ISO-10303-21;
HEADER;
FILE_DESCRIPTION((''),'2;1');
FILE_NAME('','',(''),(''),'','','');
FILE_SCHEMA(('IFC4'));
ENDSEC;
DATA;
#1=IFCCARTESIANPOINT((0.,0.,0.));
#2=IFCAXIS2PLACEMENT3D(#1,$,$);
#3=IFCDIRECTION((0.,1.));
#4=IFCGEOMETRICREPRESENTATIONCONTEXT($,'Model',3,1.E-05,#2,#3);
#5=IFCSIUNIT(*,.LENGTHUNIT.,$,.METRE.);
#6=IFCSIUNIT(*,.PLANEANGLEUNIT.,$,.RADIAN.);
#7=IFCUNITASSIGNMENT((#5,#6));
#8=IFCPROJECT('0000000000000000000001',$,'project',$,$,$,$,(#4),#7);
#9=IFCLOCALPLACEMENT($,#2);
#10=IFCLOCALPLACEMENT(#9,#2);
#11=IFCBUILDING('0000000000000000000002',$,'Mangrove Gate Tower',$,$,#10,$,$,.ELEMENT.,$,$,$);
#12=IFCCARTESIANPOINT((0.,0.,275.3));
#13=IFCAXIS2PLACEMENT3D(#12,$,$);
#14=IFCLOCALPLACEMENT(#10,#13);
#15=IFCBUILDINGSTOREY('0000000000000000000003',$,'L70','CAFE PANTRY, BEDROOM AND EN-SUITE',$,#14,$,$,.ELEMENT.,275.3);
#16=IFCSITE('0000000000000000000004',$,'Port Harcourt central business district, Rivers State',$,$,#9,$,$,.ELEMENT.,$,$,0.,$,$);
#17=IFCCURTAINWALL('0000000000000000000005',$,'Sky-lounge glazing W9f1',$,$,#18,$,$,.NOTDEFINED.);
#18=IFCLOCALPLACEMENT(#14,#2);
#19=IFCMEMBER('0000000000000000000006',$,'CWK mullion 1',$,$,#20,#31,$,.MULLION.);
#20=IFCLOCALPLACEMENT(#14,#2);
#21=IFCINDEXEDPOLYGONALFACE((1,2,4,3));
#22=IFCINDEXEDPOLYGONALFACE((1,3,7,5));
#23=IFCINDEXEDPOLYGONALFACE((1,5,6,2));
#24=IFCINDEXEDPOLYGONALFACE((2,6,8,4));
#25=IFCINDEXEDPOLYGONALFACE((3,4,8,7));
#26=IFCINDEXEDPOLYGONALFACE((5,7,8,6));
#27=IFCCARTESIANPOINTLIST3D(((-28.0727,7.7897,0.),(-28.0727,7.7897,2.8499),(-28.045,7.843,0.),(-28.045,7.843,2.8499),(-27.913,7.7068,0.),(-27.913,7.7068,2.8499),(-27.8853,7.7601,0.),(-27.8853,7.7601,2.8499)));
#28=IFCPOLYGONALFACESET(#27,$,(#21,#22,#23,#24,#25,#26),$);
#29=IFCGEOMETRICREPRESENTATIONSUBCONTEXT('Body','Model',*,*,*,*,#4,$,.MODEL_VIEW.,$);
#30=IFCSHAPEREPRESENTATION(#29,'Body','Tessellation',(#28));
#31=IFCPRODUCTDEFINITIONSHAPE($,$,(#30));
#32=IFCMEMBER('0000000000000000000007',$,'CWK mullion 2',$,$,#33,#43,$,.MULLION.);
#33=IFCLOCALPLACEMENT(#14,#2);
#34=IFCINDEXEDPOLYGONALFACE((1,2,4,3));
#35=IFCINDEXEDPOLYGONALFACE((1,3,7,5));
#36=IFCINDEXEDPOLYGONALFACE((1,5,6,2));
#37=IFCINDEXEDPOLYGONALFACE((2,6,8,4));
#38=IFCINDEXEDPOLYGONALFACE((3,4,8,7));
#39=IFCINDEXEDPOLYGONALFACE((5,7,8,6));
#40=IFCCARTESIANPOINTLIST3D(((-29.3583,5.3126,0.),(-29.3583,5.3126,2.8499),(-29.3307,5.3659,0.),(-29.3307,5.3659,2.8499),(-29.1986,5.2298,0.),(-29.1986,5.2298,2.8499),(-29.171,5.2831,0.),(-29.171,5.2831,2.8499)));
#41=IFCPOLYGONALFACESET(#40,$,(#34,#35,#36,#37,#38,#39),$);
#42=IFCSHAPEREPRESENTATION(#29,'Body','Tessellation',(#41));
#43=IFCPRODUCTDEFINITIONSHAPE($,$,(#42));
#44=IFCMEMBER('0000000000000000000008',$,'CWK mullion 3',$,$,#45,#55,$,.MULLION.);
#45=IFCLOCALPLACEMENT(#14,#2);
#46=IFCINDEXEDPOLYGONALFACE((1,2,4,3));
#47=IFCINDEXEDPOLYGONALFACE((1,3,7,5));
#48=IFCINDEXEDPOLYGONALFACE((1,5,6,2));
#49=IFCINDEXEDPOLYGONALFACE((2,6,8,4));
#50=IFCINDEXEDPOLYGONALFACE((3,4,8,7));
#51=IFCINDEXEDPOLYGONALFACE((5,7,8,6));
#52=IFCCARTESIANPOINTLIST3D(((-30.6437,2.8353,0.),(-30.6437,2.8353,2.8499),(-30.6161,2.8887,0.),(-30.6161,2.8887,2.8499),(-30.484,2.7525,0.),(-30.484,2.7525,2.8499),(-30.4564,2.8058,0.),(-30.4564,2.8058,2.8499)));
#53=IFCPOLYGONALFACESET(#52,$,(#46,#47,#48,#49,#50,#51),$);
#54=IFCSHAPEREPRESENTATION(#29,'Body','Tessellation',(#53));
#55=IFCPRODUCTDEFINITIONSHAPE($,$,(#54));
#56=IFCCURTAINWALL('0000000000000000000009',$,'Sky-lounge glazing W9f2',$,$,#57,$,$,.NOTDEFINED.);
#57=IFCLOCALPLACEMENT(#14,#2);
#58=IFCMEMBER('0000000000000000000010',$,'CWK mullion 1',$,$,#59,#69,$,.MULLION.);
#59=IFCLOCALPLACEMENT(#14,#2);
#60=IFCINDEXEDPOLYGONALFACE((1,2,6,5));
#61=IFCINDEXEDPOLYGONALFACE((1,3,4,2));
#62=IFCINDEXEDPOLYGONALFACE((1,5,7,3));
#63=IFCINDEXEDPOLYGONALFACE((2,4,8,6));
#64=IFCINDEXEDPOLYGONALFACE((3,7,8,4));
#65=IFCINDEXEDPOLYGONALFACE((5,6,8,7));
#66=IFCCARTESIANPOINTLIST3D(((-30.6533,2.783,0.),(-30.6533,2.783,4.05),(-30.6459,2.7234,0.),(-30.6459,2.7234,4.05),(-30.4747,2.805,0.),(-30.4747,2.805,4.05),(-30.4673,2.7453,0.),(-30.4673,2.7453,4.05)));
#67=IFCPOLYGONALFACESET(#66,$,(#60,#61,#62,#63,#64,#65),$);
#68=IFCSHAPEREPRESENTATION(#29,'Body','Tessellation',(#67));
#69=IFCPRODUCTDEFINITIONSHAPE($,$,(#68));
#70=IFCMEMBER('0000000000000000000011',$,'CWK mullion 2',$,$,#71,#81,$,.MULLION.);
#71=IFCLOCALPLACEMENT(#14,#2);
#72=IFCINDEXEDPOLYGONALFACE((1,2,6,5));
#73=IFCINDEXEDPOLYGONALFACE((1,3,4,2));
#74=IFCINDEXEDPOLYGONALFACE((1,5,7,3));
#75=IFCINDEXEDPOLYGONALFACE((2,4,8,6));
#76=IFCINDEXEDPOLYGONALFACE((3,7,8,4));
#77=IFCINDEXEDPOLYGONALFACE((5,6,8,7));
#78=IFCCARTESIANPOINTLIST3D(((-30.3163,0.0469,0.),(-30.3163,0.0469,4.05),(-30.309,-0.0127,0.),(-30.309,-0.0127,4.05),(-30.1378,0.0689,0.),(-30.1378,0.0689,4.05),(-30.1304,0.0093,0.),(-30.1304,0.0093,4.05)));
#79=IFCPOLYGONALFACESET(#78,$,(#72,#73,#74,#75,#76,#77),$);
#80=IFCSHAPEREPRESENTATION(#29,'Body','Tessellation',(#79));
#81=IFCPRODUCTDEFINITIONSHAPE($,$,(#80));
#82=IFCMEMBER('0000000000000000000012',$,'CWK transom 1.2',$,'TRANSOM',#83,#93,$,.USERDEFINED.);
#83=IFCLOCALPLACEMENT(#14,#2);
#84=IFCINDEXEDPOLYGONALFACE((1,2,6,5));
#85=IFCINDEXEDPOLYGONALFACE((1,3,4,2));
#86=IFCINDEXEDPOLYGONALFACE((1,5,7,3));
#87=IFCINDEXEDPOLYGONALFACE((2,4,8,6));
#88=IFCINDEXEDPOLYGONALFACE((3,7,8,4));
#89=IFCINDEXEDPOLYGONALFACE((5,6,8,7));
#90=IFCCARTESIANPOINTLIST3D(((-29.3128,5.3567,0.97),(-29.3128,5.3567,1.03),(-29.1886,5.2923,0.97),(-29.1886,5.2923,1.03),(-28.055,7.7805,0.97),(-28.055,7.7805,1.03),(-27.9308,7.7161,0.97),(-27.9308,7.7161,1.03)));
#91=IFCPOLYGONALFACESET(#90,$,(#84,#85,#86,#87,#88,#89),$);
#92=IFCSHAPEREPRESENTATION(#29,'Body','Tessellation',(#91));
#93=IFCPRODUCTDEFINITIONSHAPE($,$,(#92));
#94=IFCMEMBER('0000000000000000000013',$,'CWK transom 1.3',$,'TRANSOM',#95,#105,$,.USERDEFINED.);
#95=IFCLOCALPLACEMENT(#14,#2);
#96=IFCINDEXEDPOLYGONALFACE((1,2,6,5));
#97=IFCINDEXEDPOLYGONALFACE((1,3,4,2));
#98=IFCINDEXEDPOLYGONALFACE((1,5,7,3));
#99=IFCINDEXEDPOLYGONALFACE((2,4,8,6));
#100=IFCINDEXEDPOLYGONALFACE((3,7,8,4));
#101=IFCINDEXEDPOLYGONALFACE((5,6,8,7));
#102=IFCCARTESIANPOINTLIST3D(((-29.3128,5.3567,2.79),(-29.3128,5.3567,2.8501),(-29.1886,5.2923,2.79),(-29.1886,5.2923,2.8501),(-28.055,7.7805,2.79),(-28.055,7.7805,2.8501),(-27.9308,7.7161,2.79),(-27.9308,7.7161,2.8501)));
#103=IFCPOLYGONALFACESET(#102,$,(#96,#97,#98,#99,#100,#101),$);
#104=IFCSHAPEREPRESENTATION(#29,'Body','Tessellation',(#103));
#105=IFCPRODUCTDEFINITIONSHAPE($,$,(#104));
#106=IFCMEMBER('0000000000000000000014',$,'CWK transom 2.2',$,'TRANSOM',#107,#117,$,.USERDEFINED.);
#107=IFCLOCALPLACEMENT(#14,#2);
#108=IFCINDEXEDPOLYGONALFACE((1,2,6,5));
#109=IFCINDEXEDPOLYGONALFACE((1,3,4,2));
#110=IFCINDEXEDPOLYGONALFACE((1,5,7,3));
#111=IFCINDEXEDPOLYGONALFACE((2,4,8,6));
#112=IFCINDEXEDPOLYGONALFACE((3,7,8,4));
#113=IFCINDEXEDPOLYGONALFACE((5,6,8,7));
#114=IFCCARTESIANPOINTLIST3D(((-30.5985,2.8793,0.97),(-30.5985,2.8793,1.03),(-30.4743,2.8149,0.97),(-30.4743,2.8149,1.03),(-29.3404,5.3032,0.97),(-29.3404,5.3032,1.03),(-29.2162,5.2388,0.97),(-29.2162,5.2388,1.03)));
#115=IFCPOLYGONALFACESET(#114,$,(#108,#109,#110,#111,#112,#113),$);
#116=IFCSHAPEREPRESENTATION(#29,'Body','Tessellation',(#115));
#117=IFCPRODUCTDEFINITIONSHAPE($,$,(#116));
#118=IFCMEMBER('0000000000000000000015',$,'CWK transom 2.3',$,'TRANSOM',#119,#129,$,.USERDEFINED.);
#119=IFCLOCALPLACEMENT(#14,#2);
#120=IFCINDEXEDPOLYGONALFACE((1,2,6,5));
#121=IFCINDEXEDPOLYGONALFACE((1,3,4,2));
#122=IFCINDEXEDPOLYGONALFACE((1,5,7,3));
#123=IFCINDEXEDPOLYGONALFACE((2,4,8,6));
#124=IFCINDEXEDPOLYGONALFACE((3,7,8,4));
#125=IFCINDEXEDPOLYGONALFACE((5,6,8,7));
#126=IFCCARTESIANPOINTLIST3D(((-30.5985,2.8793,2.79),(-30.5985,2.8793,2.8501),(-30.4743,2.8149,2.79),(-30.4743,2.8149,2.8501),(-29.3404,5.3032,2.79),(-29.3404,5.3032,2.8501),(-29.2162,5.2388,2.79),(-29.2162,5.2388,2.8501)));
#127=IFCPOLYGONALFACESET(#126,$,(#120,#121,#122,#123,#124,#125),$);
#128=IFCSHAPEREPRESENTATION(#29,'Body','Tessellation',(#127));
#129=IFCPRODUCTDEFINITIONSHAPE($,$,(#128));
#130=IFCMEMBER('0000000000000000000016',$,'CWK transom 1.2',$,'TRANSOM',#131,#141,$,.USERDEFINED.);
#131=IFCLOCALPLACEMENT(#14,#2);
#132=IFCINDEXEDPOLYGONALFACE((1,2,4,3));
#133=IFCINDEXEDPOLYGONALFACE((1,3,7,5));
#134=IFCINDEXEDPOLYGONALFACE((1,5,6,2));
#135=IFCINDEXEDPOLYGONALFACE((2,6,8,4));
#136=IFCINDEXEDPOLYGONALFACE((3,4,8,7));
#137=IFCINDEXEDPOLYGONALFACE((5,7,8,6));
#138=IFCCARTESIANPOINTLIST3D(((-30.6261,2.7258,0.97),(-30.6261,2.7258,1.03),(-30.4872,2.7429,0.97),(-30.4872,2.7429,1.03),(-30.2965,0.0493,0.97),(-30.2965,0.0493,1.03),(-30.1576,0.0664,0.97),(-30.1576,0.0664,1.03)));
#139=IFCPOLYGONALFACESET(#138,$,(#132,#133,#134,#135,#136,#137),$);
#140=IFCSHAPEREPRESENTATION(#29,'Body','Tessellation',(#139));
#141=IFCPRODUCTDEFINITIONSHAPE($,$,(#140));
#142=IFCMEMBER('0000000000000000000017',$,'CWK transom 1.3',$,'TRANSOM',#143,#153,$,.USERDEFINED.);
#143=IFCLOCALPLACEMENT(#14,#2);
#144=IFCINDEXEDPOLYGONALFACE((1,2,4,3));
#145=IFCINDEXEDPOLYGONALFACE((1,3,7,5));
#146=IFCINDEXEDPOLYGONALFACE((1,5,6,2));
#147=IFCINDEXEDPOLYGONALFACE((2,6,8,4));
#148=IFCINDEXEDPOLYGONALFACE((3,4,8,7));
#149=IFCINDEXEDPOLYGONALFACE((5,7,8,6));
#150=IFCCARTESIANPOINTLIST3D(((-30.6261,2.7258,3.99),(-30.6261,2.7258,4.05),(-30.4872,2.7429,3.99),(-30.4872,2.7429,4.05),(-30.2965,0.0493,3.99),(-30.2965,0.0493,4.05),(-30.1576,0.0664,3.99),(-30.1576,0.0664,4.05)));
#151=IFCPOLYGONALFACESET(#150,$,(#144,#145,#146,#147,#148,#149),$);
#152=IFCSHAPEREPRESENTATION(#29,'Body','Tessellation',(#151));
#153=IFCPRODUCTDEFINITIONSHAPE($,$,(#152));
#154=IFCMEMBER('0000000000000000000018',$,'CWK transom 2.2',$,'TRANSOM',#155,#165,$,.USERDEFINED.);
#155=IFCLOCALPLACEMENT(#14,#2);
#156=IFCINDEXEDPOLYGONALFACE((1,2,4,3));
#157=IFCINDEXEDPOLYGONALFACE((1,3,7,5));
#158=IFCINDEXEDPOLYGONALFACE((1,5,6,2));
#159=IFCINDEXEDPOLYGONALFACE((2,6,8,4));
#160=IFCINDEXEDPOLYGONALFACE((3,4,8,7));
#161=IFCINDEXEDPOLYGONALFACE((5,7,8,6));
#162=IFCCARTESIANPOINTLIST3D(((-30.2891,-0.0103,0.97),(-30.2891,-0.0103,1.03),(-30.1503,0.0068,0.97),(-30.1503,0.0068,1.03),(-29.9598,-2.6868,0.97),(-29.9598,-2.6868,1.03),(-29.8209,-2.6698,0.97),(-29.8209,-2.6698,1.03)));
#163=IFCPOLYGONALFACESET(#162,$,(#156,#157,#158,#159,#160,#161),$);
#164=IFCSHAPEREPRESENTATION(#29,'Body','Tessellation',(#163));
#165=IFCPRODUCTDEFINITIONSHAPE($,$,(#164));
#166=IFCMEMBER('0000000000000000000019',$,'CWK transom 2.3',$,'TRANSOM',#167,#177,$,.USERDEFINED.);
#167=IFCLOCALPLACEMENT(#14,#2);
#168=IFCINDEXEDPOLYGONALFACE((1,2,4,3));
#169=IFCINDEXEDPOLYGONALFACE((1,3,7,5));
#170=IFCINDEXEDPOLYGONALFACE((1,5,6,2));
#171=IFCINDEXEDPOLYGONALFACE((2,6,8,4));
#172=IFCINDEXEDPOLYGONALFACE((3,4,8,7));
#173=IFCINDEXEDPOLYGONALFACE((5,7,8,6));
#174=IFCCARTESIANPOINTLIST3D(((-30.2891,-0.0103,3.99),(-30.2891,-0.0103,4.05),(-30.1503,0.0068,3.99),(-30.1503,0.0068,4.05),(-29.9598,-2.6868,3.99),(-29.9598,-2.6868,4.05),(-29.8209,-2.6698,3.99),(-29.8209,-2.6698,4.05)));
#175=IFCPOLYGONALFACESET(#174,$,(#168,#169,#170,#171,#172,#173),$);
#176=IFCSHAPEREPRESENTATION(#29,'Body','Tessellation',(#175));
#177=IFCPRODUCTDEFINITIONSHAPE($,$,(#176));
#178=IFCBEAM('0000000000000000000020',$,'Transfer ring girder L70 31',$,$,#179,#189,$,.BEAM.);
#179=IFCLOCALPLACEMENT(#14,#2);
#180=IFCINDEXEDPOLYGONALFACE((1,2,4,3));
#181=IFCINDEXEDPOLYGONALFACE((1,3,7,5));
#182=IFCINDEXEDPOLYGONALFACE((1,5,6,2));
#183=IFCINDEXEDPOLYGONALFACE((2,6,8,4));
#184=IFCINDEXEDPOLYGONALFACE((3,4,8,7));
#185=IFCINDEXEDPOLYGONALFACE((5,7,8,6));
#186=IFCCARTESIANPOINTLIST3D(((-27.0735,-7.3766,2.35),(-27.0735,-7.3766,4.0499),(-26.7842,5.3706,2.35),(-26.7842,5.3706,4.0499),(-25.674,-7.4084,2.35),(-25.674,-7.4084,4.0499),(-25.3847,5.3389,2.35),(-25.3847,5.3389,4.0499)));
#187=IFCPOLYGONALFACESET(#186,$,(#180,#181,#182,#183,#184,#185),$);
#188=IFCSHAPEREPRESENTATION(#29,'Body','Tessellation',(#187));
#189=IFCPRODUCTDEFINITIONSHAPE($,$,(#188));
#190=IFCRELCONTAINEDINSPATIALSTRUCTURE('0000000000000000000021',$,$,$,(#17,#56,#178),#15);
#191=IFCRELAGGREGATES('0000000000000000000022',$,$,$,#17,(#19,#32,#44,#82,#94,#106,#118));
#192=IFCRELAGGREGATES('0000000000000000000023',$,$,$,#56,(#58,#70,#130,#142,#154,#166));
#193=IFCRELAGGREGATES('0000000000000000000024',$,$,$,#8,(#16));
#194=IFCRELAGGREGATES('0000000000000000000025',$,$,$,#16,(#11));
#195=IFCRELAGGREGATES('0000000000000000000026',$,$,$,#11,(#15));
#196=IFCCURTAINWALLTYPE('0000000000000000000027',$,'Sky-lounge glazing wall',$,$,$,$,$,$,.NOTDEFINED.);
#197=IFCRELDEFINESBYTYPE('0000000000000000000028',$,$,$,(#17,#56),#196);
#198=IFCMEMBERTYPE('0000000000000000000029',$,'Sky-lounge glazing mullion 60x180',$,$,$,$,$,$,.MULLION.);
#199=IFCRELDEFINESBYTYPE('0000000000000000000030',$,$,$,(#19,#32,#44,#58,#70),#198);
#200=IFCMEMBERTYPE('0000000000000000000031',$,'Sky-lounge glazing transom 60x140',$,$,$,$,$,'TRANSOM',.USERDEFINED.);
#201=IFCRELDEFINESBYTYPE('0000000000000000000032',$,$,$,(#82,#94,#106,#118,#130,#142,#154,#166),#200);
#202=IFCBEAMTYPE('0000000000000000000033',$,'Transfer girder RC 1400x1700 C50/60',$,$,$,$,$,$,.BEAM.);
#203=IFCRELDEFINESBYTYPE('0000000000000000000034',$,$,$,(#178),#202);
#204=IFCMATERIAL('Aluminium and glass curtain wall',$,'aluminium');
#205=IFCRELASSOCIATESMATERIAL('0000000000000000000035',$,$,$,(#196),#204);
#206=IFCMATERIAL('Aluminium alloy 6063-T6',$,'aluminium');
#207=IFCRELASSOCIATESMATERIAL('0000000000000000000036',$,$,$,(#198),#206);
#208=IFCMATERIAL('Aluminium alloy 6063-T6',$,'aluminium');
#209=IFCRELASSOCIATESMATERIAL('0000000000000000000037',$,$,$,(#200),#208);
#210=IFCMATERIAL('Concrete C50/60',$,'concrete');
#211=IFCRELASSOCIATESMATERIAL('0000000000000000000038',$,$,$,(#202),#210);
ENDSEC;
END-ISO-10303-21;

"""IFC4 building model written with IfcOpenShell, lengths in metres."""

from ifc_helpers import new_model, si_unit, direction, frame, origin, origin_2d, place, context, subcontext, project, spatial, rectangle, extrude, material, material_profile, profile_set, type_object, element, aggregate, save


model = new_model("IFC4")

# Units and contexts
model_context = context("Model", 3, precision=1e-05, world=origin(), true_north=direction((0.0, 1.0)))
body_context = subcontext(model_context, "Body", "Model", "MODEL_VIEW")
ifc_project = project(units=[si_unit("LENGTHUNIT", "METRE"), si_unit("PLANEANGLEUNIT", "RADIAN")], contexts=[model_context])

# Site, building, storey
site_placement = place(None, origin())
site = spatial("IfcSite", under=ifc_project, at=site_placement, Name="Port Harcourt central business district, Rivers State", CompositionType="ELEMENT", RefElevation=0.0)
building_placement = place(site_placement, origin())
building = spatial("IfcBuilding", under=site, at=building_placement, Name="Mangrove Gate Tower", CompositionType="ELEMENT")
storey_placement = place(building_placement, frame((0.0, 0.0, 275.3)))
storey = spatial("IfcBuildingStorey", under=building, at=storey_placement, Name="L70", Description="CAFE PANTRY, BEDROOM AND EN-SUITE", CompositionType="ELEMENT", Elevation=275.3)

# Curtain walls, members
ifc_material_1 = material(Name="Aluminium and glass curtain wall", Category="aluminium")
curtain_wall_type = type_object("IfcCurtainWallType", Name="Sky-lounge glazing wall", PredefinedType="NOTDEFINED", material=ifc_material_1)
curtain_wall_1_placement = place(storey_placement, origin())
curtain_wall_1 = element("IfcCurtainWall", 1, at=curtain_wall_1_placement, inside=storey, type_object=curtain_wall_type, Name="Sky-lounge glazing W9f1", PredefinedType="NOTDEFINED")
ifc_material_2 = material(Name="Aluminium alloy 6063-T6", Category="aluminium")
ifc_material_profile_1 = material_profile(ifc_material_2, rectangle(XDim=0.0601, YDim=0.1799, at=origin_2d()))
ifc_profile_set_1 = profile_set([ifc_material_profile_1], Name="Aluminium alloy 6063-T6")
member_type_1 = type_object("IfcMemberType", Name="Sky-lounge glazing mullion 60x180", PredefinedType="MULLION", material=ifc_profile_set_1)
member_1_placement = place(storey_placement, frame((-27.979, 7.7749, 0.0), z_axis=(0.0, 0.0, 1.0), x_axis=(-0.460628, -0.887593, 0.0)))
member_1 = element("IfcMember", 2, at=member_1_placement, type_object=member_type_1, Name="CWK mullion 1", PredefinedType="MULLION", context=body_context, shape_type="SweptSolid", body=[
    extrude(rectangle(XDim=0.0601, YDim=0.1799, at=origin_2d()), origin(), (0.0, 0.0, 1.0), 2.8499),
])
member_2_placement = place(storey_placement, frame((-29.2646, 5.2979, 0.0), z_axis=(0.0, 0.0, 1.0), x_axis=(-0.460628, -0.887593, 0.0)))
member_2 = element("IfcMember", 3, at=member_2_placement, type_object=member_type_1, Name="CWK mullion 2", PredefinedType="MULLION", context=body_context, shape_type="SweptSolid", body=[
    extrude(rectangle(XDim=0.0601, YDim=0.1799, at=origin_2d()), origin(), (0.0, 0.0, 1.0), 2.8499),
])
member_3_placement = place(storey_placement, frame((-30.55, 2.8206, 0.0), z_axis=(0.0, 0.0, 1.0), x_axis=(-0.460628, -0.887593, 0.0)))
member_3 = element("IfcMember", 4, at=member_3_placement, type_object=member_type_1, Name="CWK mullion 3", PredefinedType="MULLION", context=body_context, shape_type="SweptSolid", body=[
    extrude(rectangle(XDim=0.0601, YDim=0.1799, at=origin_2d()), origin(), (0.0, 0.0, 1.0), 2.8499),
])
curtain_wall_2_placement = place(storey_placement, origin())
curtain_wall_2 = element("IfcCurtainWall", 5, at=curtain_wall_2_placement, inside=storey, type_object=curtain_wall_type, Name="Sky-lounge glazing W9f2", PredefinedType="NOTDEFINED")
member_4_placement = place(storey_placement, frame((-30.5603, 2.7642, 0.0), z_axis=(0.0, 0.0, 1.0), x_axis=(0.122172, -0.992509, 0.0)))
member_4 = element("IfcMember", 6, at=member_4_placement, type_object=member_type_1, Name="CWK mullion 1", PredefinedType="MULLION", context=body_context, shape_type="SweptSolid", body=[
    extrude(rectangle(XDim=0.0601, YDim=0.1799, at=origin_2d()), origin(), (0.0, 0.0, 1.0), 4.05),
])
member_5_placement = place(storey_placement, frame((-30.2234, 0.0281, 0.0), z_axis=(0.0, 0.0, 1.0), x_axis=(0.122172, -0.992509, 0.0)))
member_5 = element("IfcMember", 7, at=member_5_placement, type_object=member_type_1, Name="CWK mullion 2", PredefinedType="MULLION", context=body_context, shape_type="SweptSolid", body=[
    extrude(rectangle(XDim=0.0601, YDim=0.1799, at=origin_2d()), origin(), (0.0, 0.0, 1.0), 4.05),
])

# Members
ifc_material_3 = material(Name="Aluminium alloy 6063-T6", Category="aluminium")
ifc_material_profile_2 = material_profile(ifc_material_3, rectangle(XDim=0.0601, YDim=0.1399, at=origin_2d()))
ifc_profile_set_2 = profile_set([ifc_material_profile_2], Name="Aluminium alloy 6063-T6")
member_type_2 = type_object("IfcMemberType", Name="Sky-lounge glazing transom 60x140", ElementType="TRANSOM", PredefinedType="USERDEFINED", material=ifc_profile_set_2)
member_6_placement = place(storey_placement, frame((-27.9929, 7.7483, 1.0), z_axis=(-0.460609, -0.887603, 0.0), x_axis=(0.0, 0.0, 1.0)))
member_6 = element("IfcMember", 8, at=member_6_placement, type_object=member_type_2, Name="CWK transom 1.2", ObjectType="TRANSOM", PredefinedType="USERDEFINED", context=body_context, shape_type="SweptSolid", body=[
    extrude(rectangle(XDim=0.0601, YDim=0.1399, at=origin_2d()), origin(), (0.0, 0.0, 1.0), 2.7307),
])
member_7_placement = place(storey_placement, frame((-27.9929, 7.7483, 2.8201), z_axis=(-0.460609, -0.887603, 0.0), x_axis=(0.0, 0.0, 1.0)))
member_7 = element("IfcMember", 9, at=member_7_placement, type_object=member_type_2, Name="CWK transom 1.3", ObjectType="TRANSOM", PredefinedType="USERDEFINED", context=body_context, shape_type="SweptSolid", body=[
    extrude(rectangle(XDim=0.0601, YDim=0.1399, at=origin_2d()), origin(), (0.0, 0.0, 1.0), 2.7307),
])
member_8_placement = place(storey_placement, frame((-29.2783, 5.271, 1.0), z_axis=(-0.46068, -0.887566, 0.0), x_axis=(0.0, 0.0, 1.0)))
member_8 = element("IfcMember", 10, at=member_8_placement, type_object=member_type_2, Name="CWK transom 2.2", ObjectType="TRANSOM", PredefinedType="USERDEFINED", context=body_context, shape_type="SweptSolid", body=[
    extrude(rectangle(XDim=0.0601, YDim=0.1399, at=origin_2d()), origin(), (0.0, 0.0, 1.0), 2.731),
])
member_9_placement = place(storey_placement, frame((-29.2783, 5.271, 2.8201), z_axis=(-0.46068, -0.887566, 0.0), x_axis=(0.0, 0.0, 1.0)))
member_9 = element("IfcMember", 11, at=member_9_placement, type_object=member_type_2, Name="CWK transom 2.3", ObjectType="TRANSOM", PredefinedType="USERDEFINED", context=body_context, shape_type="SweptSolid", body=[
    extrude(rectangle(XDim=0.0601, YDim=0.1399, at=origin_2d()), origin(), (0.0, 0.0, 1.0), 2.731),
])
member_10_placement = place(storey_placement, frame((-30.5566, 2.7344, 1.0), z_axis=(0.122218, -0.992503, 0.0), x_axis=(0.0, 0.0, 1.0)))
member_10 = element("IfcMember", 12, at=member_10_placement, type_object=member_type_2, Name="CWK transom 1.2", ObjectType="TRANSOM", PredefinedType="USERDEFINED", context=body_context, shape_type="SweptSolid", body=[
    extrude(rectangle(XDim=0.0601, YDim=0.1399, at=origin_2d()), origin(), (0.0, 0.0, 1.0), 2.6968),
])
member_11_placement = place(storey_placement, frame((-30.5566, 2.7344, 4.02), z_axis=(0.122218, -0.992503, 0.0), x_axis=(0.0, 0.0, 1.0)))
member_11 = element("IfcMember", 13, at=member_11_placement, type_object=member_type_2, Name="CWK transom 1.3", ObjectType="TRANSOM", PredefinedType="USERDEFINED", context=body_context, shape_type="SweptSolid", body=[
    extrude(rectangle(XDim=0.0601, YDim=0.1399, at=origin_2d()), origin(), (0.0, 0.0, 1.0), 2.6968),
])
member_12_placement = place(storey_placement, frame((-30.2197, -0.0017, 1.0), z_axis=(0.122129, -0.992514, 0.0), x_axis=(0.0, 0.0, 1.0)))
member_12 = element("IfcMember", 14, at=member_12_placement, type_object=member_type_2, Name="CWK transom 2.2", ObjectType="TRANSOM", PredefinedType="USERDEFINED", context=body_context, shape_type="SweptSolid", body=[
    extrude(rectangle(XDim=0.0601, YDim=0.1399, at=origin_2d()), origin(), (0.0, 0.0, 1.0), 2.6968),
])
member_13_placement = place(storey_placement, frame((-30.2197, -0.0017, 4.02), z_axis=(0.122129, -0.992514, 0.0), x_axis=(0.0, 0.0, 1.0)))
member_13 = element("IfcMember", 15, at=member_13_placement, type_object=member_type_2, Name="CWK transom 2.3", ObjectType="TRANSOM", PredefinedType="USERDEFINED", context=body_context, shape_type="SweptSolid", body=[
    extrude(rectangle(XDim=0.0601, YDim=0.1399, at=origin_2d()), origin(), (0.0, 0.0, 1.0), 2.6968),
])

# Beam
ifc_material_4 = material(Name="Concrete C50/60", Category="concrete")
ifc_material_profile_3 = material_profile(ifc_material_4, rectangle(XDim=1.3999, YDim=1.7, at=origin_2d()))
ifc_profile_set_3 = profile_set([ifc_material_profile_3], Name="Concrete C50/60")
beam_type = type_object("IfcBeamType", Name="Transfer girder RC 1400x1700 C50/60", PredefinedType="BEAM", material=ifc_profile_set_3)
beam_placement = place(storey_placement, frame((-26.0845, 5.3547, 3.2), z_axis=(-0.02269, -0.999743, 0.0), x_axis=(0.999743, -0.02269, 0.0)))
element("IfcBeam", 16, at=beam_placement, inside=storey, type_object=beam_type, Name="Transfer ring girder L70 31", PredefinedType="BEAM", context=body_context, shape_type="SweptSolid", body=[
    extrude(rectangle(XDim=1.3999, YDim=1.7, at=origin_2d()), origin(), (0.0, 0.0, 1.0), 12.7505),
])

aggregate(curtain_wall_1, [member_1, member_2, member_3, member_6, member_7, member_8, member_9])
aggregate(curtain_wall_2, [member_4, member_5, member_10, member_11, member_12, member_13])

save(model, "model.ifc")
